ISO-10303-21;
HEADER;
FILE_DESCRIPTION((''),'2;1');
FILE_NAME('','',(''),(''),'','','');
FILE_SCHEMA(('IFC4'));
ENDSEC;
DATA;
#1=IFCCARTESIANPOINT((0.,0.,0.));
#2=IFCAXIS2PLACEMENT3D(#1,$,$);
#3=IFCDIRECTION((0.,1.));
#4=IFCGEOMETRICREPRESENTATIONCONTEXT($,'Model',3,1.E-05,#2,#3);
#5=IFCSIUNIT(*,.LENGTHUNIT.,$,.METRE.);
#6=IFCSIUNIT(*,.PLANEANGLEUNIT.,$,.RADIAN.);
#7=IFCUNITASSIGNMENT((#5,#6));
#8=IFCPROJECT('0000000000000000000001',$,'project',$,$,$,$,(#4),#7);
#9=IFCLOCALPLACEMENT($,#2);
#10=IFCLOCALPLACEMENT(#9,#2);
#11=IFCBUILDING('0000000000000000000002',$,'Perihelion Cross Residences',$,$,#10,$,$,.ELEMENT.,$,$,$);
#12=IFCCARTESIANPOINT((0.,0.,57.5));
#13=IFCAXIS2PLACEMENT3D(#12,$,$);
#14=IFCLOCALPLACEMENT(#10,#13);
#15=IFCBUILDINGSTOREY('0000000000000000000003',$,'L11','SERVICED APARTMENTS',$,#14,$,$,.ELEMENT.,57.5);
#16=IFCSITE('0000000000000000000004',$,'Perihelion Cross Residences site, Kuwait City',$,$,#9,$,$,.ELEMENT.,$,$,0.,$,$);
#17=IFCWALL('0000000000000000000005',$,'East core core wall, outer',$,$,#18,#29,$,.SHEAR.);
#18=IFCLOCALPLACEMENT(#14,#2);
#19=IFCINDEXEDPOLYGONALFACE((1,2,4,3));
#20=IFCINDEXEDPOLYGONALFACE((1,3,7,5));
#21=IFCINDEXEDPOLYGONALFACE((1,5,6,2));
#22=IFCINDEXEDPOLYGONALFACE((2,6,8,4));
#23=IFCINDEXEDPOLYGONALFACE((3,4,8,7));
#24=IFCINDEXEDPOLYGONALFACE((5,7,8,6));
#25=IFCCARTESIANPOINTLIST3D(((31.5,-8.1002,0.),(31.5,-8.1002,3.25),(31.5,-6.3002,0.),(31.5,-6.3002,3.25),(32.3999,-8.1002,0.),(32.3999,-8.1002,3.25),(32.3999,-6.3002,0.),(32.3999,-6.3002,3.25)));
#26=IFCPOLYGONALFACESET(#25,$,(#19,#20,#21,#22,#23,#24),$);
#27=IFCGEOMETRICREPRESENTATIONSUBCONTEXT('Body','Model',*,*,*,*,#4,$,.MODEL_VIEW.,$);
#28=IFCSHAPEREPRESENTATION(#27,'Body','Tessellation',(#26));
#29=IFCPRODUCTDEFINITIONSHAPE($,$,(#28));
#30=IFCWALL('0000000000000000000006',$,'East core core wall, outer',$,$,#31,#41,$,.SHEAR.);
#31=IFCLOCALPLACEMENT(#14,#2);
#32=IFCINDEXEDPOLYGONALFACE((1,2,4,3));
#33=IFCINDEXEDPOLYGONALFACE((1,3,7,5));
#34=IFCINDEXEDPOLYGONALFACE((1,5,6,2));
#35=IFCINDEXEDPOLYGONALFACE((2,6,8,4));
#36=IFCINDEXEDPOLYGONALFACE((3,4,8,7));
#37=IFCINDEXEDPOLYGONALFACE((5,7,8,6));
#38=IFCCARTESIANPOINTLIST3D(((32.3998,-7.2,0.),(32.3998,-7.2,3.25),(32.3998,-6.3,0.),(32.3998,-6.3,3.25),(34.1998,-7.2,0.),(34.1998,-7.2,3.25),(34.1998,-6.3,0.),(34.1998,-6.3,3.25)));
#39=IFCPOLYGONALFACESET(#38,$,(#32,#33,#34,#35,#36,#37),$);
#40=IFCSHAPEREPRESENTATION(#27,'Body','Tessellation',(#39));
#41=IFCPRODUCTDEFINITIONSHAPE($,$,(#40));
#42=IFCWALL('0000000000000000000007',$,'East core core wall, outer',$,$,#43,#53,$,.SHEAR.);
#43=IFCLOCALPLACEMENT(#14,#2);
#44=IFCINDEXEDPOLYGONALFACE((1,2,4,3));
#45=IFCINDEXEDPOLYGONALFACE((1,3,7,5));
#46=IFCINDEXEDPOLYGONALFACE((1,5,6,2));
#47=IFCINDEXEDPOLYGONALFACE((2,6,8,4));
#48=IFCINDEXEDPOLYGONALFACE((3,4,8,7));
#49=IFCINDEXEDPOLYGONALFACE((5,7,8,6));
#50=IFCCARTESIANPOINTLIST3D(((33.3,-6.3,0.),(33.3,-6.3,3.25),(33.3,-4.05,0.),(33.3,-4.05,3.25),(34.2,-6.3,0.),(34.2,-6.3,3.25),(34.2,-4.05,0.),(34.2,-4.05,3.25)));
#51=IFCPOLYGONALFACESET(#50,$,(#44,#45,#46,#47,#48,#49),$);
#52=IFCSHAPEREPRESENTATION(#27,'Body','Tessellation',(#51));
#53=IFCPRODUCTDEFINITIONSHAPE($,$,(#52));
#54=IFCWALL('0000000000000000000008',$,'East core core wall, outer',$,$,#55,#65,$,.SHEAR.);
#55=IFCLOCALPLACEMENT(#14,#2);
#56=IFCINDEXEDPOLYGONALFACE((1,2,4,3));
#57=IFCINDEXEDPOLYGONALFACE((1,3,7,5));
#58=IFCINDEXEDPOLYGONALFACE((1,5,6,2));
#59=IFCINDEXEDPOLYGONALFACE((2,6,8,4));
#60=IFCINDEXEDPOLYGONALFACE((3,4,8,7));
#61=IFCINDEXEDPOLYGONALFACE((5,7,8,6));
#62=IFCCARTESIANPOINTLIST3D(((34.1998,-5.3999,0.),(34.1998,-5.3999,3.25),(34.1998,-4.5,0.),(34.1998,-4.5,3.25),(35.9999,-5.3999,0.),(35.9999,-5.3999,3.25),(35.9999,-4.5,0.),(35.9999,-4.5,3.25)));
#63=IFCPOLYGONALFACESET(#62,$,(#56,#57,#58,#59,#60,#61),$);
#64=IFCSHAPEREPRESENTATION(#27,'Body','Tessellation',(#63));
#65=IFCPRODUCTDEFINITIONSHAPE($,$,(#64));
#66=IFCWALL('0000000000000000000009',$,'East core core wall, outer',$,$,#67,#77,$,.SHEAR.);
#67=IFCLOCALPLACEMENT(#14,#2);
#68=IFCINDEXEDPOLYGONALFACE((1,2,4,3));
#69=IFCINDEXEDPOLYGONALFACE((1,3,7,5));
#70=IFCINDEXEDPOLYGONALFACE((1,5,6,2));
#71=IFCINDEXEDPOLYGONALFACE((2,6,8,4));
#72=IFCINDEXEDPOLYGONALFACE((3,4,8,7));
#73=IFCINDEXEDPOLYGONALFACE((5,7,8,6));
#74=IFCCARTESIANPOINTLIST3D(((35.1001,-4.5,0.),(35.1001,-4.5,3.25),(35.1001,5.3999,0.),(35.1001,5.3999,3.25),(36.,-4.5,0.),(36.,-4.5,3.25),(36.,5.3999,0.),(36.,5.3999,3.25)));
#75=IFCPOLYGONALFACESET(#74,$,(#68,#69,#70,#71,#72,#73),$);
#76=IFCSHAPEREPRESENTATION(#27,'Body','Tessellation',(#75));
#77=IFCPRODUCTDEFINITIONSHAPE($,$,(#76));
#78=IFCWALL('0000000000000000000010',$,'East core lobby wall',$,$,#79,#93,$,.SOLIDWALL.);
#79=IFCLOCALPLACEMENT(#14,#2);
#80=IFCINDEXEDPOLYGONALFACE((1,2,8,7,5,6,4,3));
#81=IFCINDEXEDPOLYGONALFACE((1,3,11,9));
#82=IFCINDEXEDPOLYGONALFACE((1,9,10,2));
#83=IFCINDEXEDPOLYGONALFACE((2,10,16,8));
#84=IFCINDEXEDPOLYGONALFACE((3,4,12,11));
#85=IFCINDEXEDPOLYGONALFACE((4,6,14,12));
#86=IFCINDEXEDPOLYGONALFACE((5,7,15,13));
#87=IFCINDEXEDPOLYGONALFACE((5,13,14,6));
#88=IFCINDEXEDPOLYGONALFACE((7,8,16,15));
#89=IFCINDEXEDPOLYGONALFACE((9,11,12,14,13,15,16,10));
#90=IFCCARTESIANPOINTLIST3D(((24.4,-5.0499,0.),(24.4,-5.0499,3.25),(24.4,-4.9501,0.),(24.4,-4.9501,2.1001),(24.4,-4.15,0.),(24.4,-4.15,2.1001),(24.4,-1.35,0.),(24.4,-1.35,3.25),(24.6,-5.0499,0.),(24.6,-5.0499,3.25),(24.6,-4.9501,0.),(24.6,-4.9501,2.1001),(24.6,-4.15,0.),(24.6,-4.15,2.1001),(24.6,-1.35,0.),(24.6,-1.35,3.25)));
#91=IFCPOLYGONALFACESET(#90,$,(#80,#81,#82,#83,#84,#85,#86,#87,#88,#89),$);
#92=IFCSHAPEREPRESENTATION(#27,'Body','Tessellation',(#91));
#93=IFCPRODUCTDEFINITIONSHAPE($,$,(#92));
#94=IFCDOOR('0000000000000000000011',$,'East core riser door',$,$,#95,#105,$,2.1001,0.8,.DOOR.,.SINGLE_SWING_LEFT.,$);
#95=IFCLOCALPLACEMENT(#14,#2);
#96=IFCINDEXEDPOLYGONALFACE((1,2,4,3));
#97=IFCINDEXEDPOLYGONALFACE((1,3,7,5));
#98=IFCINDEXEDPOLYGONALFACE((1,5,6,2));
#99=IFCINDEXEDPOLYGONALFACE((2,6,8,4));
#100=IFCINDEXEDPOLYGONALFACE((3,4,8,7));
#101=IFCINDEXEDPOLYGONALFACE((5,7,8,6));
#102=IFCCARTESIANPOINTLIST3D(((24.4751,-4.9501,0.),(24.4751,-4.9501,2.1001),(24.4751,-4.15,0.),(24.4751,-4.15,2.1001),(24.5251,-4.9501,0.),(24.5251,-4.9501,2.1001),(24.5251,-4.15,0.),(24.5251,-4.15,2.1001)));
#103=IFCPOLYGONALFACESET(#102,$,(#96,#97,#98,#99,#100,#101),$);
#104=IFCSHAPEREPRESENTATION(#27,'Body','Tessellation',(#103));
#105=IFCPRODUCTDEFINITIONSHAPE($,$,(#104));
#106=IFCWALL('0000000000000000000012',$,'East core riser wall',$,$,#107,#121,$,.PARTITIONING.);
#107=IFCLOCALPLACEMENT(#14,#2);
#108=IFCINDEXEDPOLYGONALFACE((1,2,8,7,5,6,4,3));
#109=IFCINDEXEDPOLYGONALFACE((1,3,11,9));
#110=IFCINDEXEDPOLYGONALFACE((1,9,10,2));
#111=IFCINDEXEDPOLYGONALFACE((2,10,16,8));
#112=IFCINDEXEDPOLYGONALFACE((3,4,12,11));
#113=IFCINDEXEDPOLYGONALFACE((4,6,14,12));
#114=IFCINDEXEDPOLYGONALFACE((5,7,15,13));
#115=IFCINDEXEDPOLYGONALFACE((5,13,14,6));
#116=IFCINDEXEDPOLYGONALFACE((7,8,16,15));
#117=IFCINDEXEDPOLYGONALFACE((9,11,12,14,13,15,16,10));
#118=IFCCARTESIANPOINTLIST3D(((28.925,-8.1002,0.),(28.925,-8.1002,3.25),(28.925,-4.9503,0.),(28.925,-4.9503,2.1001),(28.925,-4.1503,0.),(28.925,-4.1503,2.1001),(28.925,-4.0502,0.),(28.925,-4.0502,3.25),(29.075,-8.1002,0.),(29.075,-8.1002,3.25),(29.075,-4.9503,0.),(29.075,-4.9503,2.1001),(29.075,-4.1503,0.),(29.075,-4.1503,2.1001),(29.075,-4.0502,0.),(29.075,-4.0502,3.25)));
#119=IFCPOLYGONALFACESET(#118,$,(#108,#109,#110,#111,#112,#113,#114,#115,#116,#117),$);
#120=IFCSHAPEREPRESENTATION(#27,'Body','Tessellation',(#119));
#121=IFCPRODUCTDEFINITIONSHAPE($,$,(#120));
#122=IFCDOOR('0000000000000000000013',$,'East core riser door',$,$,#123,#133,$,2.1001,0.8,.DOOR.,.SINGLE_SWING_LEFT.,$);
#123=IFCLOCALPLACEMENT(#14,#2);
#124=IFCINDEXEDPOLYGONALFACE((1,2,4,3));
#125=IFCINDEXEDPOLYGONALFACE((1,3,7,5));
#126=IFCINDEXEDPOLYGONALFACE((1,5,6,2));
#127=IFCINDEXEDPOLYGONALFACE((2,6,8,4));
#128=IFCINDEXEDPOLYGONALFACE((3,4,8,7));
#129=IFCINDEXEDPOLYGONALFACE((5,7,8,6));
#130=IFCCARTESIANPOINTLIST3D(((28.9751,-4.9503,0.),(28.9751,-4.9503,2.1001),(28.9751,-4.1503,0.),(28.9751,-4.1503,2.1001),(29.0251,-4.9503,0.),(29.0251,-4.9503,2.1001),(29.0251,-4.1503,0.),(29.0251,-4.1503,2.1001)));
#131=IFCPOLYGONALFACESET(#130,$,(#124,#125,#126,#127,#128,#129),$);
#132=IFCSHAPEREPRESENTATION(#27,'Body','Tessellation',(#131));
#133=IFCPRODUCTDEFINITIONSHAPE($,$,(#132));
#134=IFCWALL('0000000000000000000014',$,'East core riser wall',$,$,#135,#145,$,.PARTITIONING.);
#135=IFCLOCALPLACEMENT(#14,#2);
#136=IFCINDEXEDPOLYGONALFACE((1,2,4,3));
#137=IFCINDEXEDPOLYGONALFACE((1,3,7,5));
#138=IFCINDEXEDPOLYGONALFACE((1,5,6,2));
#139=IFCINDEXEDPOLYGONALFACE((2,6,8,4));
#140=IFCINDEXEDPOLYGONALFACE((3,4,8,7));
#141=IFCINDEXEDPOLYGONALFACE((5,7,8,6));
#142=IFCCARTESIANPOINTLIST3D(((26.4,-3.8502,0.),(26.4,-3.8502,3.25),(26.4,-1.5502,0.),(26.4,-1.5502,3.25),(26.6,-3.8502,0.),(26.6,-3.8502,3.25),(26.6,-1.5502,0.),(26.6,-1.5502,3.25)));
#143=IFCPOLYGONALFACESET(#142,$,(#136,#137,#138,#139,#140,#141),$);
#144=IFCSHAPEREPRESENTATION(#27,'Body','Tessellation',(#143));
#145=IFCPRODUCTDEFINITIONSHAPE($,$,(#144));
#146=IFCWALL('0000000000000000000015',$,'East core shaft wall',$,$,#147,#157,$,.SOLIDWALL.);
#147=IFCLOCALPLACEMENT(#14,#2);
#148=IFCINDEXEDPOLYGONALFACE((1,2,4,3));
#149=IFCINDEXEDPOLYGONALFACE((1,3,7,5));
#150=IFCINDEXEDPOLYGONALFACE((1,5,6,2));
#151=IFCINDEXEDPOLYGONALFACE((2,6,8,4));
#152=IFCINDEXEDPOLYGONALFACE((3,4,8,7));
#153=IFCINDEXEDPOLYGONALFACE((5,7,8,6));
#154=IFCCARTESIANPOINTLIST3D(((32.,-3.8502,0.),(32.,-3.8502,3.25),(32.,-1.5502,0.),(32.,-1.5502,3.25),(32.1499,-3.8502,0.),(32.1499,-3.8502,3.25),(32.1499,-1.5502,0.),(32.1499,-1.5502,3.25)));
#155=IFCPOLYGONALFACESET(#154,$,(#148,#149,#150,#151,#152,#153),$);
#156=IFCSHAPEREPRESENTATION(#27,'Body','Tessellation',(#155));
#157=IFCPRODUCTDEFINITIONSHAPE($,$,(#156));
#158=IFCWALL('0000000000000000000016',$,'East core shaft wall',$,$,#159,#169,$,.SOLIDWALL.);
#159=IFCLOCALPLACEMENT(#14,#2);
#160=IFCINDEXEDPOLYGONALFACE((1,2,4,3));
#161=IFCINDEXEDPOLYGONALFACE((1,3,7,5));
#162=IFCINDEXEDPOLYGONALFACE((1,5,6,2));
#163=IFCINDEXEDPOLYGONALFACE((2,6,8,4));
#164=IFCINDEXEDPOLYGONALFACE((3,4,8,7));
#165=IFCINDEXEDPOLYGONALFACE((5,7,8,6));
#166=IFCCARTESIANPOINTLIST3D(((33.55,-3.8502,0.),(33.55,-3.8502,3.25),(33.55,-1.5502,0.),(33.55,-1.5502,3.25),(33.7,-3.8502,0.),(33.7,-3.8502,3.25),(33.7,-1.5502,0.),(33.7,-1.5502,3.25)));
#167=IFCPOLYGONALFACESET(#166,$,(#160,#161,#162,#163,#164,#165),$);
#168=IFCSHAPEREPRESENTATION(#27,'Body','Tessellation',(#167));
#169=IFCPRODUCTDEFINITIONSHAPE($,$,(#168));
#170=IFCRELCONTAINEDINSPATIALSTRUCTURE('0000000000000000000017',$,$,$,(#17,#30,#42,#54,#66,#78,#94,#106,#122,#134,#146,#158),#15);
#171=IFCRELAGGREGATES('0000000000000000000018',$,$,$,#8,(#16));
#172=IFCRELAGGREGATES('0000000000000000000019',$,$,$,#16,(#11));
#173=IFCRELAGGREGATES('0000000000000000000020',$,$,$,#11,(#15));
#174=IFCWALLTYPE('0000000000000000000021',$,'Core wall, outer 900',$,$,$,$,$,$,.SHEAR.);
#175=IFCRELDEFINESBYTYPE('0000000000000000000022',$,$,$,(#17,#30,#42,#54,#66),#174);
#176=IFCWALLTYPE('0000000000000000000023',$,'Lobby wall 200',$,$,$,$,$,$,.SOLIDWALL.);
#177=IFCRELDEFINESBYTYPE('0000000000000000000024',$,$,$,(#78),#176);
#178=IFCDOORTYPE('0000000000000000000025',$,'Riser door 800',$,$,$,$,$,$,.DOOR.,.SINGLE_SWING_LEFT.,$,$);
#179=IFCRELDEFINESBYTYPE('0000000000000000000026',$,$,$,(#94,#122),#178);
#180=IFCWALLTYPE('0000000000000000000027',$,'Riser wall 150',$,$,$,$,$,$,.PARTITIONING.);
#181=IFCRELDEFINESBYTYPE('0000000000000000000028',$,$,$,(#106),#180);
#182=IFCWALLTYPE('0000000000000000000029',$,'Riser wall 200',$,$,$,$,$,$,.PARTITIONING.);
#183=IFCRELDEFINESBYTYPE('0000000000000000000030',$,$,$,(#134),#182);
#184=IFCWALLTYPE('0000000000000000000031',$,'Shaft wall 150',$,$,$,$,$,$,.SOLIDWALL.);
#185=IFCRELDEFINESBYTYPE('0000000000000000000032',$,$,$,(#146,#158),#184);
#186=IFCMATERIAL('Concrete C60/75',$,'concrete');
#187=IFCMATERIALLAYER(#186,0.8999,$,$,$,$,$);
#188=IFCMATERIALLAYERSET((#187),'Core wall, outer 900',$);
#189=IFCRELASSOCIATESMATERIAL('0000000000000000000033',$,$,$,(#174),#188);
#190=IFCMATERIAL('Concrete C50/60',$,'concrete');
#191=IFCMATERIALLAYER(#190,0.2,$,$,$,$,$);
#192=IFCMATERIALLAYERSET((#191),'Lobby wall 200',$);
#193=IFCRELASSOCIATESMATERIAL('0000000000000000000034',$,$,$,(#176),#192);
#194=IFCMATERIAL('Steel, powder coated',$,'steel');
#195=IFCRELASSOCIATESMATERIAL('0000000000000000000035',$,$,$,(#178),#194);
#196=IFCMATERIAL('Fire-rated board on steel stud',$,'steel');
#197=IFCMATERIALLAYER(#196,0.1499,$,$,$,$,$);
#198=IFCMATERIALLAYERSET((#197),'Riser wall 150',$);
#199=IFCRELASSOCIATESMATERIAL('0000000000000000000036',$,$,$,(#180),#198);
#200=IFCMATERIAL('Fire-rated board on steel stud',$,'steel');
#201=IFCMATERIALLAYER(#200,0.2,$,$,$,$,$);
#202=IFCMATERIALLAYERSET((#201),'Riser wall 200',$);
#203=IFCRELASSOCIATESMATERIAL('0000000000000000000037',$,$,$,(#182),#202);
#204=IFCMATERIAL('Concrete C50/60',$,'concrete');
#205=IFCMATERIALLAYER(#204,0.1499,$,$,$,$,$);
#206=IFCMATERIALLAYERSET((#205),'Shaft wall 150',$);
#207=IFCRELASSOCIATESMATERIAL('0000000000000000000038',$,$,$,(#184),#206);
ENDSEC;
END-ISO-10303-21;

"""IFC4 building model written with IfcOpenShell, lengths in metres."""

from ifc_helpers import new_model, si_unit, direction, frame, frame_2d, origin, place, context, subcontext, project, spatial, rectangle, extrude, material, layer, layer_set, type_object, element, fill, save


model = new_model("IFC4")

# Units and contexts
model_context = context("Model", 3, precision=1e-05, world=origin(), true_north=direction((0.0, 1.0)))
body_context = subcontext(model_context, "Body", "Model", "MODEL_VIEW")
ifc_project = project(units=[si_unit("LENGTHUNIT", "METRE"), si_unit("PLANEANGLEUNIT", "RADIAN")], contexts=[model_context])

# Site, building, storey
site_placement = place(None, origin())
site = spatial("IfcSite", under=ifc_project, at=site_placement, Name="Perihelion Cross Residences site, Kuwait City", CompositionType="ELEMENT", RefElevation=0.0)
building_placement = place(site_placement, origin())
building = spatial("IfcBuilding", under=site, at=building_placement, Name="Perihelion Cross Residences", CompositionType="ELEMENT")
storey_placement = place(building_placement, frame((0.0, 0.0, 57.5)))
storey = spatial("IfcBuildingStorey", under=building, at=storey_placement, Name="L11", Description="SERVICED APARTMENTS", CompositionType="ELEMENT", Elevation=57.5)

# Walls
ifc_material_1 = material(Name="Concrete C60/75", Category="concrete")
ifc_layer_1 = layer(ifc_material_1, 0.8999)
ifc_layer_set_1 = layer_set([ifc_layer_1], Name="Core wall, outer 900")
wall_type_1 = type_object("IfcWallType", Name="Core wall, outer 900", PredefinedType="SHEAR", material=ifc_layer_set_1)
for number, where, z_axis, x_axis, name in (
    (1, (31.95, -8.1001, 0.0), (0.0, 0.0, 1.0), (0.0, 1.0, 0.0), "East core core wall, outer"),
    (2, (32.3999, -6.75, 0.0), (0.0, 0.0, 1.0), (1.0, 0.0, 0.0), "East core core wall, outer"),
):
    element("IfcWall", number, at=place(storey_placement, frame(where, z_axis=z_axis, x_axis=x_axis)), inside=storey, type_object=wall_type_1, Name=name, PredefinedType="SHEAR", context=body_context, shape_type="SweptSolid", body=[
        extrude(rectangle(XDim=1.8, YDim=0.8999, at=frame_2d((0.8999, 0.0))), origin(), (0.0, 0.0, 1.0), 3.25),
    ])
wall_1_placement = place(storey_placement, frame((33.75, -6.3, 0.0), z_axis=(0.0, 0.0, 1.0), x_axis=(0.0, 1.0, 0.0)))
element("IfcWall", 3, at=wall_1_placement, inside=storey, type_object=wall_type_1, Name="East core core wall, outer", PredefinedType="SHEAR", context=body_context, shape_type="SweptSolid", body=[
    extrude(rectangle(XDim=2.25, YDim=0.8999, at=frame_2d((1.125, 0.0))), origin(), (0.0, 0.0, 1.0), 3.25),
])
wall_2_placement = place(storey_placement, frame((34.2, -4.95, 0.0), z_axis=(0.0, 0.0, 1.0), x_axis=(1.0, 0.0, 0.0)))
element("IfcWall", 4, at=wall_2_placement, inside=storey, type_object=wall_type_1, Name="East core core wall, outer", PredefinedType="SHEAR", context=body_context, shape_type="SweptSolid", body=[
    extrude(rectangle(XDim=1.8, YDim=0.8999, at=frame_2d((0.8999, 0.0))), origin(), (0.0, 0.0, 1.0), 3.25),
])
wall_3_placement = place(storey_placement, frame((35.55, -4.5, 0.0), z_axis=(0.0, 0.0, 1.0), x_axis=(0.0, 1.0, 0.0)))
element("IfcWall", 5, at=wall_3_placement, inside=storey, type_object=wall_type_1, Name="East core core wall, outer", PredefinedType="SHEAR", context=body_context, shape_type="SweptSolid", body=[
    extrude(rectangle(XDim=9.8999, YDim=0.8999, at=frame_2d((4.95, 0.0))), origin(), (0.0, 0.0, 1.0), 3.25),
])

# Walls, openings, doors
ifc_material_2 = material(Name="Concrete C50/60", Category="concrete")
ifc_layer_2 = layer(ifc_material_2, 0.2)
ifc_layer_set_2 = layer_set([ifc_layer_2], Name="Lobby wall 200")
wall_type_2 = type_object("IfcWallType", Name="Lobby wall 200", PredefinedType="SOLIDWALL", material=ifc_layer_set_2)
wall_4_placement = place(storey_placement, frame((24.5, -5.05, 0.0), z_axis=(0.0, 0.0, 1.0), x_axis=(0.0, 1.0, 0.0)))
wall_4 = element("IfcWall", 6, at=wall_4_placement, inside=storey, type_object=wall_type_2, Name="East core lobby wall", PredefinedType="SOLIDWALL", context=body_context, shape_type="SweptSolid", body=[
    extrude(rectangle(XDim=3.7, YDim=0.2, at=frame_2d((1.8501, 0.0))), origin(), (0.0, 0.0, 1.0), 3.25),
])
opening_1_placement = place(wall_4_placement, frame((0.1001, 0.0, 0.0)))
opening_1 = element("IfcOpeningElement", 7, at=opening_1_placement, cuts=wall_4, PredefinedType="OPENING", context=body_context, shape_type="SweptSolid", body=[
    extrude(rectangle(XDim=0.8, YDim=2.1001, at=frame_2d((0.3999, 1.05))), frame((0.0, 0.1099, 0.0), z_axis=(0.0, -1.0, 0.0), x_axis=(1.0, 0.0, 0.0)), (0.0, 0.0, 1.0), 0.22),
])
ifc_material_3 = material(Name="Steel, powder coated", Category="steel")
door_type_1 = type_object("IfcDoorType", Name="Riser door 800", OperationType="SINGLE_SWING_LEFT", PredefinedType="DOOR", material=ifc_material_3)
door_1_placement = place(opening_1_placement, origin())
door_1 = element("IfcDoor", 8, at=door_1_placement, inside=storey, type_object=door_type_1, Name="East core riser door", OperationType="SINGLE_SWING_LEFT", OverallHeight=2.1001, OverallWidth=0.8, PredefinedType="DOOR", context=body_context, shape_type="SweptSolid", body=[
    extrude(rectangle(XDim=0.8, YDim=2.1001, at=frame_2d((0.3999, 1.05))), frame((0.0, 0.0249, 0.0), z_axis=(0.0, -1.0, 0.0), x_axis=(1.0, 0.0, 0.0)), (0.0, 0.0, 1.0), 0.05),
])
fill(opening_1, door_1)
ifc_material_4 = material(Name="Fire-rated board on steel stud", Category="steel")
ifc_layer_3 = layer(ifc_material_4, 0.1499)
ifc_layer_set_3 = layer_set([ifc_layer_3], Name="Riser wall 150")
wall_type_3 = type_object("IfcWallType", Name="Riser wall 150", PredefinedType="PARTITIONING", material=ifc_layer_set_3)
wall_5_placement = place(storey_placement, frame((29.0, -8.1001, 0.0), z_axis=(0.0, 0.0, 1.0), x_axis=(0.0, 1.0, 0.0)))
wall_5 = element("IfcWall", 9, at=wall_5_placement, inside=storey, type_object=wall_type_3, Name="East core riser wall", PredefinedType="PARTITIONING", context=body_context, shape_type="SweptSolid", body=[
    extrude(rectangle(XDim=4.05, YDim=0.1499, at=frame_2d((2.0249, 0.0))), origin(), (0.0, 0.0, 1.0), 3.25),
])
opening_2_placement = place(wall_5_placement, frame((3.1499, 0.0, 0.0)))
opening_2 = element("IfcOpeningElement", 10, at=opening_2_placement, cuts=wall_5, PredefinedType="OPENING", context=body_context, shape_type="SweptSolid", body=[
    extrude(rectangle(XDim=0.8, YDim=2.1001, at=frame_2d((0.3999, 1.05))), frame((0.0, 0.085, 0.0), z_axis=(0.0, -1.0, 0.0), x_axis=(1.0, 0.0, 0.0)), (0.0, 0.0, 1.0), 0.1699),
])
door_2_placement = place(opening_2_placement, origin())
door_2 = element("IfcDoor", 11, at=door_2_placement, inside=storey, type_object=door_type_1, Name="East core riser door", OperationType="SINGLE_SWING_LEFT", OverallHeight=2.1001, OverallWidth=0.8, PredefinedType="DOOR", context=body_context, shape_type="SweptSolid", body=[
    extrude(rectangle(XDim=0.8, YDim=2.1001, at=frame_2d((0.3999, 1.05))), frame((0.0, 0.0249, 0.0), z_axis=(0.0, -1.0, 0.0), x_axis=(1.0, 0.0, 0.0)), (0.0, 0.0, 1.0), 0.05),
])
fill(opening_2, door_2)

# Walls
ifc_material_5 = material(Name="Fire-rated board on steel stud", Category="steel")
ifc_layer_4 = layer(ifc_material_5, 0.2)
ifc_layer_set_4 = layer_set([ifc_layer_4], Name="Riser wall 200")
wall_type_4 = type_object("IfcWallType", Name="Riser wall 200", PredefinedType="PARTITIONING", material=ifc_layer_set_4)
wall_6_placement = place(storey_placement, frame((26.5, -3.8501, 0.0), z_axis=(0.0, 0.0, 1.0), x_axis=(0.0, 1.0, 0.0)))
element("IfcWall", 12, at=wall_6_placement, inside=storey, type_object=wall_type_4, Name="East core riser wall", PredefinedType="PARTITIONING", context=body_context, shape_type="SweptSolid", body=[
    extrude(rectangle(XDim=2.3, YDim=0.2, at=frame_2d((1.1499, 0.0))), origin(), (0.0, 0.0, 1.0), 3.25),
])
ifc_material_6 = material(Name="Concrete C50/60", Category="concrete")
ifc_layer_5 = layer(ifc_material_6, 0.1499)
ifc_layer_set_5 = layer_set([ifc_layer_5], Name="Shaft wall 150")
wall_type_5 = type_object("IfcWallType", Name="Shaft wall 150", PredefinedType="SOLIDWALL", material=ifc_layer_set_5)
for number, where, z_axis, x_axis, name in (
    (13, (32.075, -3.8501, 0.0), (0.0, 0.0, 1.0), (0.0, 1.0, 0.0), "East core shaft wall"),
    (14, (33.625, -3.8501, 0.0), (0.0, 0.0, 1.0), (0.0, 1.0, 0.0), "East core shaft wall"),
):
    element("IfcWall", number, at=place(storey_placement, frame(where, z_axis=z_axis, x_axis=x_axis)), inside=storey, type_object=wall_type_5, Name=name, PredefinedType="SOLIDWALL", context=body_context, shape_type="SweptSolid", body=[
        extrude(rectangle(XDim=2.3, YDim=0.1499, at=frame_2d((1.1499, 0.0))), origin(), (0.0, 0.0, 1.0), 3.25),
    ])

save(model, "model.ifc")
